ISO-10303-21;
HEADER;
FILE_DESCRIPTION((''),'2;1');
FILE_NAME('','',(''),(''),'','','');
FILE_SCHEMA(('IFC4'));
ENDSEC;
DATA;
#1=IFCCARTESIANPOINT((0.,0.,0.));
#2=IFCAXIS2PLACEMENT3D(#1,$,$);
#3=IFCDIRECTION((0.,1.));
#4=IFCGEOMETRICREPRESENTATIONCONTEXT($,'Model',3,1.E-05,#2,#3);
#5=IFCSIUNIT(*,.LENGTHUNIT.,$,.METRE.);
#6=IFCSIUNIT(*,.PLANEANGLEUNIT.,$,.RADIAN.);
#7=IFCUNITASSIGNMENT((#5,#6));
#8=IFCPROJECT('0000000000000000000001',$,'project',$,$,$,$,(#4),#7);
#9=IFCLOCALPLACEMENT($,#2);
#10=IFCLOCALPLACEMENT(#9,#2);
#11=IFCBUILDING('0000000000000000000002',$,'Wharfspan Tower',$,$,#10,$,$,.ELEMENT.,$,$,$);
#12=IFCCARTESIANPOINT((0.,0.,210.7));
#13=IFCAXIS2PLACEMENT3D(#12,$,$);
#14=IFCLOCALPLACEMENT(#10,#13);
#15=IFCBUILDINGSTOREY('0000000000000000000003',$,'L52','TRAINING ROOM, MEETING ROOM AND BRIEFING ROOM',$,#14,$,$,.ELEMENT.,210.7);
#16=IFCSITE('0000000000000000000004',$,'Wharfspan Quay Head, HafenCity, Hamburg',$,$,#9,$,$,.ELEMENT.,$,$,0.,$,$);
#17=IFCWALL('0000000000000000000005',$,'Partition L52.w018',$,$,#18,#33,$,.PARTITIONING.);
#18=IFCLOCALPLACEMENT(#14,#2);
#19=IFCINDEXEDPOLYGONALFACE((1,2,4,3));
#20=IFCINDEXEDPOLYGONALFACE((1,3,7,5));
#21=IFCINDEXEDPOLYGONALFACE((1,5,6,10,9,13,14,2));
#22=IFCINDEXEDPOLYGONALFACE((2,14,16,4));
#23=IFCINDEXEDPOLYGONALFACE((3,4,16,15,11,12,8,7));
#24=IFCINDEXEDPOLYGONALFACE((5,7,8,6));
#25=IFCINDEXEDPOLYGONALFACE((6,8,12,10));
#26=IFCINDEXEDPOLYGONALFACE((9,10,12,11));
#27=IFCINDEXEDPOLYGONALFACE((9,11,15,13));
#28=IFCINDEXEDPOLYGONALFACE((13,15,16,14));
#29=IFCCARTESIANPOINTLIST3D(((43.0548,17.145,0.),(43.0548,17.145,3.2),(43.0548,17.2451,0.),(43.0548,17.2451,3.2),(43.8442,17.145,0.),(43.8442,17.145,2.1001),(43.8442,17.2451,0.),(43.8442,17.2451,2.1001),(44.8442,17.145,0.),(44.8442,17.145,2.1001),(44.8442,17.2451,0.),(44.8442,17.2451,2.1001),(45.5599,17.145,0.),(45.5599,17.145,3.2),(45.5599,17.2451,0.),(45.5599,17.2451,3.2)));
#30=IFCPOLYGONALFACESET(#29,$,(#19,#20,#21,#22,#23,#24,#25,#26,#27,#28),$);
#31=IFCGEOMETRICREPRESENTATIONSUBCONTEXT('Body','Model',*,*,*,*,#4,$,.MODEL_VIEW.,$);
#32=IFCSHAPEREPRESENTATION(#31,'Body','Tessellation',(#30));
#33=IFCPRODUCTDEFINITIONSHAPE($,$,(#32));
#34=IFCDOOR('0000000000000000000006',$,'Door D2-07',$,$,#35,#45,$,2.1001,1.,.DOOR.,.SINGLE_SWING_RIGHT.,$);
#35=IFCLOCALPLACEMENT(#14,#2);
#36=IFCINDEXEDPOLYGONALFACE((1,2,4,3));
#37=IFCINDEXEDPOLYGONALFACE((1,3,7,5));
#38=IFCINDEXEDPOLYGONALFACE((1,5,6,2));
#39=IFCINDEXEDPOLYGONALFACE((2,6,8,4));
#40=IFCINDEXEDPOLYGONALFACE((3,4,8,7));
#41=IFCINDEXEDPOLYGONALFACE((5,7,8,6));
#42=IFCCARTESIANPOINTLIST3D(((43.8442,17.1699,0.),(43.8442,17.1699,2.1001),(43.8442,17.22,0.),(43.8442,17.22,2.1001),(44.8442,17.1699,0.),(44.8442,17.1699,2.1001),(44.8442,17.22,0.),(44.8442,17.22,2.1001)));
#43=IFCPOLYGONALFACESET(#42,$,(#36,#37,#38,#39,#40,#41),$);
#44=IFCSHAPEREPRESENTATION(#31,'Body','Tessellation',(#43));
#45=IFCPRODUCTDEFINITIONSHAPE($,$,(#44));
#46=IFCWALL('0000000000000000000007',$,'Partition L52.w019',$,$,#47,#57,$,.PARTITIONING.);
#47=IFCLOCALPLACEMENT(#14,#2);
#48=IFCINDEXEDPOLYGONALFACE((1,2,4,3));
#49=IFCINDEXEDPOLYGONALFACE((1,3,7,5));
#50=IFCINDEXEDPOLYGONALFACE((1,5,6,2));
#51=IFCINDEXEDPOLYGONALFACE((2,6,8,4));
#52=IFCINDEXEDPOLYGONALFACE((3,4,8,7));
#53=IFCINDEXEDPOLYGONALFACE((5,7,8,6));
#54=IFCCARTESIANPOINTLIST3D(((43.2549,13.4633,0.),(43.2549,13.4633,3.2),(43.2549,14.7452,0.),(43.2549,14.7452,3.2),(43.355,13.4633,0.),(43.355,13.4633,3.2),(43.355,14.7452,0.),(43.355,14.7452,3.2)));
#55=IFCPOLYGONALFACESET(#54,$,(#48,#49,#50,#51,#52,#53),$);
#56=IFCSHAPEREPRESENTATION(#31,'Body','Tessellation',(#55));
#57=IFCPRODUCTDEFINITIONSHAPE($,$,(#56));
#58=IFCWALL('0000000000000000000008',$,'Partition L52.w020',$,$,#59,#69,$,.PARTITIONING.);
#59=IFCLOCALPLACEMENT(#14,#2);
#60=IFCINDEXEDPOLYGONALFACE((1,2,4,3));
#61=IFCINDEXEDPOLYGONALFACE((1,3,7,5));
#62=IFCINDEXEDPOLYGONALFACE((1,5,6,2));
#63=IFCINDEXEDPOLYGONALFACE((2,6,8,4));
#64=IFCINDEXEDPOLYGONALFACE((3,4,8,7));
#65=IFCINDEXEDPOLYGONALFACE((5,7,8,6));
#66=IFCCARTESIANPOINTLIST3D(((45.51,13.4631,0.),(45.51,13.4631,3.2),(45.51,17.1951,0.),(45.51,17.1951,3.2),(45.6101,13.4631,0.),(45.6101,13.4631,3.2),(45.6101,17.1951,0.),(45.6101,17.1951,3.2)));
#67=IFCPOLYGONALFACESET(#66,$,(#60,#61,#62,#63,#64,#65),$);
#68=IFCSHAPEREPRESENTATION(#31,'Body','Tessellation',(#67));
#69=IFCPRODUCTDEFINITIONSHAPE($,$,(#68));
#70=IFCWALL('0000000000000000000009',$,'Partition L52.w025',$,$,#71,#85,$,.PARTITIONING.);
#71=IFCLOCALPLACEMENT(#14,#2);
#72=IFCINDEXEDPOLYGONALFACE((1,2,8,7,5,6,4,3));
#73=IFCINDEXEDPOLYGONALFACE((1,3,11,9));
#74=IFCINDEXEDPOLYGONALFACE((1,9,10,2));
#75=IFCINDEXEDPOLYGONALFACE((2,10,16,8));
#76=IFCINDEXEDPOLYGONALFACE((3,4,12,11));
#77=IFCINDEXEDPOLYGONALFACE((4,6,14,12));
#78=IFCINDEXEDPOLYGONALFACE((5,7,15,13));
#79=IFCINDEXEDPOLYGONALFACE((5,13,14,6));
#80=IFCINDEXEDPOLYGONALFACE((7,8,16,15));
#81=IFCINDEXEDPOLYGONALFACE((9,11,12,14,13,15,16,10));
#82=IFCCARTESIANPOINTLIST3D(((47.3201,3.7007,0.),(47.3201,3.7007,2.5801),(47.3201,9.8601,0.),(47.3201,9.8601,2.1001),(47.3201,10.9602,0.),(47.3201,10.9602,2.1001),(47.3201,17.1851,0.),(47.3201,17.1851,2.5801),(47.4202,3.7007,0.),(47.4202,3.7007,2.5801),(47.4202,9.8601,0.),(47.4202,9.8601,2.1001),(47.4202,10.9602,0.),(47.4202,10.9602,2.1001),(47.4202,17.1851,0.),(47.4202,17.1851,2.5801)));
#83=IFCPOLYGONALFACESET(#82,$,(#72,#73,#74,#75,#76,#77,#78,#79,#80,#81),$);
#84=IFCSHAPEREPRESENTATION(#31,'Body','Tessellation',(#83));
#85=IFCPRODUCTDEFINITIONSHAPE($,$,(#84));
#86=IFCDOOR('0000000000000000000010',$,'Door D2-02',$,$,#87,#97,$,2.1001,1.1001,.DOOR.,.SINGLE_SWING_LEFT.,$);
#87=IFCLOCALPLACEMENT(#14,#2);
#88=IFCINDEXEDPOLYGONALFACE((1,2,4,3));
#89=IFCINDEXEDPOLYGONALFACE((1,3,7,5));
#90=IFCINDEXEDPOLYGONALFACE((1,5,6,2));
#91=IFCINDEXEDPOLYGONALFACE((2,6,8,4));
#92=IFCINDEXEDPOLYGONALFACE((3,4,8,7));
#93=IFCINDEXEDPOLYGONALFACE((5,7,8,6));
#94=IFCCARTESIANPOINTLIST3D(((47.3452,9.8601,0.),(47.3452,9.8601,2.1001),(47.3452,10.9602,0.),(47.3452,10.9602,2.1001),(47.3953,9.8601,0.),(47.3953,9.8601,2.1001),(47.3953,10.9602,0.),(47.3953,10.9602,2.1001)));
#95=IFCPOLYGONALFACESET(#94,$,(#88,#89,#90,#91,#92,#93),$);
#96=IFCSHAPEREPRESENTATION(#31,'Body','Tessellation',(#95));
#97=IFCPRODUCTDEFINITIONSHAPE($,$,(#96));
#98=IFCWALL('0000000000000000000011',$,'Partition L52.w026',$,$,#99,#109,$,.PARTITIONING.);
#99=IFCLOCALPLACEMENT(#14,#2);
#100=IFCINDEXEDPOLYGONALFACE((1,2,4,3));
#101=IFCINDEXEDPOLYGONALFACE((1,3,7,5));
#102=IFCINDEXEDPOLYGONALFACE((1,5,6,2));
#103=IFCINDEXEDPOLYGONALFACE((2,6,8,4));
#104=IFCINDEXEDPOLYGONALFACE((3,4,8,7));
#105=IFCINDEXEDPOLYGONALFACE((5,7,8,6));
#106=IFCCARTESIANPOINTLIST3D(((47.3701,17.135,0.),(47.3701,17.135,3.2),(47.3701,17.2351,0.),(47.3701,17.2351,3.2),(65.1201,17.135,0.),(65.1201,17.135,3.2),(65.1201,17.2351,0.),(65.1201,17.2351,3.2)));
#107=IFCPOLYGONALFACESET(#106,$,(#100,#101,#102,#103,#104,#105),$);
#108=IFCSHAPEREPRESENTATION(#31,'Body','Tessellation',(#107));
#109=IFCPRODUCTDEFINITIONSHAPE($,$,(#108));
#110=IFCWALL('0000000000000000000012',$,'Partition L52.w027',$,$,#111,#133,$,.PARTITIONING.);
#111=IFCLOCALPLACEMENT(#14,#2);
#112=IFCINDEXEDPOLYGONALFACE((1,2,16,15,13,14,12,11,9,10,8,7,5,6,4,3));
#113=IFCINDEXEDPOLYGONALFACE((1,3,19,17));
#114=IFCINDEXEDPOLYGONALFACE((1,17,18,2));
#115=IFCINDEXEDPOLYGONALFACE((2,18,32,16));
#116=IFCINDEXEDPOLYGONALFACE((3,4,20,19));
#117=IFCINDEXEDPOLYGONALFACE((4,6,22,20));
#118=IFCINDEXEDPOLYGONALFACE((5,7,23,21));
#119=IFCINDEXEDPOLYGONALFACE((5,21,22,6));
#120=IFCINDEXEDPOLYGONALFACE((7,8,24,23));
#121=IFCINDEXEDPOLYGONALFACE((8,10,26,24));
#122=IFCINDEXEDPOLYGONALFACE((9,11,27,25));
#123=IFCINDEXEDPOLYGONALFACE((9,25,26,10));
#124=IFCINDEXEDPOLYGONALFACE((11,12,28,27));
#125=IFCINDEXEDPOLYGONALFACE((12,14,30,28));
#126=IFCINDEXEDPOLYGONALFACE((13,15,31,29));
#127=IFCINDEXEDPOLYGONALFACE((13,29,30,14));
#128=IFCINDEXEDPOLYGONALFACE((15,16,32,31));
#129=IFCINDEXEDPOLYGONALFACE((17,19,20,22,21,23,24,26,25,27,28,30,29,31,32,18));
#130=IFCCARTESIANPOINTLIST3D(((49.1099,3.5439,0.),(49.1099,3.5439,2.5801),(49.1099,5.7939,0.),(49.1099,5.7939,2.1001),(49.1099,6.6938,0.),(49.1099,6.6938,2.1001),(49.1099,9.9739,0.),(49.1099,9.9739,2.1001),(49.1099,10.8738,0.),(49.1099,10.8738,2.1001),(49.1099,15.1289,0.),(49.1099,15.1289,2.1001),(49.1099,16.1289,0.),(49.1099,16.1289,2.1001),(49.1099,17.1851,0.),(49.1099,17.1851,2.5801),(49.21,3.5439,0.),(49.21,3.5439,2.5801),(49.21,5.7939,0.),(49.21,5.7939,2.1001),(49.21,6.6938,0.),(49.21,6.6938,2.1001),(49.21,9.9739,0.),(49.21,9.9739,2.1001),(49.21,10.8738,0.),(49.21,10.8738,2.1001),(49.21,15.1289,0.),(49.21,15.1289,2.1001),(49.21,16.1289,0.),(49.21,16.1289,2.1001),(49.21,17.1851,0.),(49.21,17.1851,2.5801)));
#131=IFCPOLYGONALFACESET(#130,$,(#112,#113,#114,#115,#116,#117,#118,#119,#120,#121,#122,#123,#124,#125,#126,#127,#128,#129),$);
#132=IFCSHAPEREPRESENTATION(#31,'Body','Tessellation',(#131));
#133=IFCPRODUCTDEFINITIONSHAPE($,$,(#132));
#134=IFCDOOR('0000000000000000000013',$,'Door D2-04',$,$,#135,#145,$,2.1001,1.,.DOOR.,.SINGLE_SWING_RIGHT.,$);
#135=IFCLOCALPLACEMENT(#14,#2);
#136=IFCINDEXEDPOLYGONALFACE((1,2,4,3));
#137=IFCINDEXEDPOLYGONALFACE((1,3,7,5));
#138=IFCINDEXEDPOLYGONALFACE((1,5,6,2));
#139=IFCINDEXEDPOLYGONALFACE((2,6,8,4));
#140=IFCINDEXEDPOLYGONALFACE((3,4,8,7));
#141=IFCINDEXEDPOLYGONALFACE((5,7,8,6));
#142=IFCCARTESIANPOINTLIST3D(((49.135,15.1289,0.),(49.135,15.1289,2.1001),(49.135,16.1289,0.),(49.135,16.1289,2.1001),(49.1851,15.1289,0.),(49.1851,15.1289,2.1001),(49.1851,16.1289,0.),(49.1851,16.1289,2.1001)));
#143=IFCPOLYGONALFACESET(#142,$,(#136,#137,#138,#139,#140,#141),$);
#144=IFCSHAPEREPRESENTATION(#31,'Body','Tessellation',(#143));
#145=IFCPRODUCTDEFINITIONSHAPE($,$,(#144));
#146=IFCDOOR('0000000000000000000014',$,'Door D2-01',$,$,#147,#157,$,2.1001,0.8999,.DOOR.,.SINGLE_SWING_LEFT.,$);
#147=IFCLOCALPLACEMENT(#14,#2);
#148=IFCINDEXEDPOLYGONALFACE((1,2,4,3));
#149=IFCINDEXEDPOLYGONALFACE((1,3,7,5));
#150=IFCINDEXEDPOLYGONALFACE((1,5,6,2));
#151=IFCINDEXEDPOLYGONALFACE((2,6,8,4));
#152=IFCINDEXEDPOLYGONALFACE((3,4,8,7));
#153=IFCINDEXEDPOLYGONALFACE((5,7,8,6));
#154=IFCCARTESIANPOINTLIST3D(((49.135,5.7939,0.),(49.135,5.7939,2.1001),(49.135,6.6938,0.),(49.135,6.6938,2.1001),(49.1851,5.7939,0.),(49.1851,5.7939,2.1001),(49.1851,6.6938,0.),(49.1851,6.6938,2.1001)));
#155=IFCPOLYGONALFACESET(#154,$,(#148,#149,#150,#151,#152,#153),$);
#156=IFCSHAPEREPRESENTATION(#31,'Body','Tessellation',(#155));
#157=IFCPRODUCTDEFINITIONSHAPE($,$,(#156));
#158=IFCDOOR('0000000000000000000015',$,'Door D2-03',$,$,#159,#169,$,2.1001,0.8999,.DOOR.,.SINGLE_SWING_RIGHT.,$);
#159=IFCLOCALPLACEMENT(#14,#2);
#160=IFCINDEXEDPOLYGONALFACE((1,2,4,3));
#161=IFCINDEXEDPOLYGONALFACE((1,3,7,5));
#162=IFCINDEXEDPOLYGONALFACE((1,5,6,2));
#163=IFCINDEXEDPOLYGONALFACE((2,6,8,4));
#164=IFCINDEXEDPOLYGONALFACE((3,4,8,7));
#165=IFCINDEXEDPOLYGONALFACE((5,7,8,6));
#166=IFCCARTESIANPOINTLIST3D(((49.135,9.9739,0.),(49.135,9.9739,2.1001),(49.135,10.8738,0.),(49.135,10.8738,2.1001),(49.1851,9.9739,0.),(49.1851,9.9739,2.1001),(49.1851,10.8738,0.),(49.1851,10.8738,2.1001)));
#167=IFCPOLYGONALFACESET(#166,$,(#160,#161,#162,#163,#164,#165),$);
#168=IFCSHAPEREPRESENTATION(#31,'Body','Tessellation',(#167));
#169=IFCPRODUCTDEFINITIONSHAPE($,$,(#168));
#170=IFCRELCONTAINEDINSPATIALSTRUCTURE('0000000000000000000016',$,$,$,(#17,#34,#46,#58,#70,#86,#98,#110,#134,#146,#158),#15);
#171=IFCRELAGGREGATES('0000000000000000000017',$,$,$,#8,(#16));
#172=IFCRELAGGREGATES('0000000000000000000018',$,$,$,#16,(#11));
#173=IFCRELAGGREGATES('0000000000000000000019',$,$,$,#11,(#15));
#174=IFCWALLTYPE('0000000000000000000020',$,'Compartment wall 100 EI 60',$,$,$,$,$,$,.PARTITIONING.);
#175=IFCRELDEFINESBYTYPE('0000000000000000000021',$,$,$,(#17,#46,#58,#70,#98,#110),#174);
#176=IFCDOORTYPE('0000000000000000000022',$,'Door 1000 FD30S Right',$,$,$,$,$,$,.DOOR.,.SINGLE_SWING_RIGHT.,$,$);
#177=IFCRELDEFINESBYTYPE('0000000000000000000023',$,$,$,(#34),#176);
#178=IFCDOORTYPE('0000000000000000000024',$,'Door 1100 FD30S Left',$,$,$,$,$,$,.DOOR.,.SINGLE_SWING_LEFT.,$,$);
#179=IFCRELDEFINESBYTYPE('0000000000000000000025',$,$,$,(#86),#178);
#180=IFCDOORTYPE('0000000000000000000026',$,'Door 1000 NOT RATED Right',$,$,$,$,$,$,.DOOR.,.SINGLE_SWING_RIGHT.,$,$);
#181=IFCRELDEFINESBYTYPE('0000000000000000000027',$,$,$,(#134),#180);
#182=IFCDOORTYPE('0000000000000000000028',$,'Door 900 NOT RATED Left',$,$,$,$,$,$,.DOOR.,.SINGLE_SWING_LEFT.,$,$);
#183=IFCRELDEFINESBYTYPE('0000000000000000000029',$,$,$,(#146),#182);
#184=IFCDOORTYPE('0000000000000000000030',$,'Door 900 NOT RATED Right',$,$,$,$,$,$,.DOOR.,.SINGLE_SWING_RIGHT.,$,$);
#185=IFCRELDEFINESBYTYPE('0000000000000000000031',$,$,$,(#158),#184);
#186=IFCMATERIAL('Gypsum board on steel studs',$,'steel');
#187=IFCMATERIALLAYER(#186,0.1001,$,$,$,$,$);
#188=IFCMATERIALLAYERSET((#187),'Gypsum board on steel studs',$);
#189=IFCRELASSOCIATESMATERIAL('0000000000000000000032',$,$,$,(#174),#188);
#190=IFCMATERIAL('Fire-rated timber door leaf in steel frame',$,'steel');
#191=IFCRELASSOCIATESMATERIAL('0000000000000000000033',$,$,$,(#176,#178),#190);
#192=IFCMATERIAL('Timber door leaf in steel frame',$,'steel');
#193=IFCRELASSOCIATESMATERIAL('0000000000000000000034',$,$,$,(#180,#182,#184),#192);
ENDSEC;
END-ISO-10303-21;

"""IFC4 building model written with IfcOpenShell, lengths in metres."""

from ifc_helpers import new_model, si_unit, direction, frame, frame_2d, origin, place, context, subcontext, project, spatial, rectangle, extrude, material, layer, layer_set, type_object, element, fill, save


model = new_model("IFC4")

# Units and contexts
model_context = context("Model", 3, precision=1e-05, world=origin(), true_north=direction((0.0, 1.0)))
body_context = subcontext(model_context, "Body", "Model", "MODEL_VIEW")
ifc_project = project(units=[si_unit("LENGTHUNIT", "METRE"), si_unit("PLANEANGLEUNIT", "RADIAN")], contexts=[model_context])

# Site, building, storey
site_placement = place(None, origin())
site = spatial("IfcSite", under=ifc_project, at=site_placement, Name="Wharfspan Quay Head, HafenCity, Hamburg", CompositionType="ELEMENT", RefElevation=0.0)
building_placement = place(site_placement, origin())
building = spatial("IfcBuilding", under=site, at=building_placement, Name="Wharfspan Tower", CompositionType="ELEMENT")
storey_placement = place(building_placement, frame((0.0, 0.0, 210.7)))
storey = spatial("IfcBuildingStorey", under=building, at=storey_placement, Name="L52", Description="TRAINING ROOM, MEETING ROOM AND BRIEFING ROOM", CompositionType="ELEMENT", Elevation=210.7)

# Shared definitions
ifc_material_1 = material(Name="Gypsum board on steel studs", Category="steel")
ifc_layer_1 = layer(ifc_material_1, 0.1001)
ifc_layer_set_1 = layer_set([ifc_layer_1], Name="Gypsum board on steel studs")
wall_type_1 = type_object("IfcWallType", Name="Compartment wall 100 EI 60", PredefinedType="PARTITIONING", material=ifc_layer_set_1)

# Wall, opening, door
wall_1_placement = place(storey_placement, frame((43.0549, 17.1951, 0.0), z_axis=(0.0, 0.0, 1.0), x_axis=(1.0, 0.0, 0.0)))
wall_1 = element("IfcWall", 1, at=wall_1_placement, inside=storey, type_object=wall_type_1, Name="Partition L52.w018", PredefinedType="PARTITIONING", context=body_context, shape_type="SweptSolid", body=[
    extrude(rectangle(XDim=2.5051, YDim=0.1001, at=frame_2d((1.2524, 0.0))), origin(), (0.0, 0.0, 1.0), 3.2),
])
opening_1_placement = place(wall_1_placement, frame((0.7893, 0.0, 0.0)))
opening_1 = element("IfcOpeningElement", 2, at=opening_1_placement, cuts=wall_1, PredefinedType="OPENING", context=body_context, shape_type="SweptSolid", body=[
    extrude(rectangle(XDim=1.0, YDim=2.1001, at=frame_2d((0.5, 1.05))), frame((0.0, 0.0601, 0.0), z_axis=(0.0, -1.0, 0.0), x_axis=(1.0, 0.0, 0.0)), (0.0, 0.0, 1.0), 0.1201),
])
ifc_material_2 = material(Name="Fire-rated timber door leaf in steel frame", Category="steel")
door_type_1 = type_object("IfcDoorType", Name="Door 1000 FD30S Right", OperationType="SINGLE_SWING_RIGHT", PredefinedType="DOOR", material=ifc_material_2)
door_1_placement = place(opening_1_placement, origin())
door_1 = element("IfcDoor", 3, at=door_1_placement, inside=storey, type_object=door_type_1, Name="Door D2-07", OperationType="SINGLE_SWING_RIGHT", OverallHeight=2.1001, OverallWidth=1.0, PredefinedType="DOOR", context=body_context, shape_type="SweptSolid", body=[
    extrude(rectangle(XDim=1.0, YDim=2.1001, at=frame_2d((0.5, 1.05))), frame((0.0, 0.0249, 0.0), z_axis=(0.0, -1.0, 0.0), x_axis=(1.0, 0.0, 0.0)), (0.0, 0.0, 1.0), 0.05),
])
fill(opening_1, door_1)

# Walls
wall_2_placement = place(storey_placement, frame((43.3049, 13.4631, 0.0), z_axis=(0.0, 0.0, 1.0), x_axis=(0.0, 1.0, 0.0)))
element("IfcWall", 4, at=wall_2_placement, inside=storey, type_object=wall_type_1, Name="Partition L52.w019", PredefinedType="PARTITIONING", context=body_context, shape_type="SweptSolid", body=[
    extrude(rectangle(XDim=1.282, YDim=0.1001, at=frame_2d((0.6411, 0.0))), origin(), (0.0, 0.0, 1.0), 3.2),
])
wall_3_placement = place(storey_placement, frame((45.5601, 13.4631, 0.0), z_axis=(0.0, 0.0, 1.0), x_axis=(0.0, 1.0, 0.0)))
element("IfcWall", 5, at=wall_3_placement, inside=storey, type_object=wall_type_1, Name="Partition L52.w020", PredefinedType="PARTITIONING", context=body_context, shape_type="SweptSolid", body=[
    extrude(rectangle(XDim=3.7319, YDim=0.1001, at=frame_2d((1.866, 0.0))), origin(), (0.0, 0.0, 1.0), 3.2),
])

# Wall, opening, door
wall_4_placement = place(storey_placement, frame((47.3701, 3.7007, 0.0), z_axis=(0.0, 0.0, 1.0), x_axis=(0.0, 1.0, 0.0)))
wall_4 = element("IfcWall", 6, at=wall_4_placement, inside=storey, type_object=wall_type_1, Name="Partition L52.w025", PredefinedType="PARTITIONING", context=body_context, shape_type="SweptSolid", body=[
    extrude(rectangle(XDim=13.4844, YDim=0.1001, at=frame_2d((6.7422, 0.0))), origin(), (0.0, 0.0, 1.0), 2.5801),
])
opening_2_placement = place(wall_4_placement, frame((6.1594, 0.0, 0.0)))
opening_2 = element("IfcOpeningElement", 7, at=opening_2_placement, cuts=wall_4, PredefinedType="OPENING", context=body_context, shape_type="SweptSolid", body=[
    extrude(rectangle(XDim=1.1001, YDim=2.1001, at=frame_2d((0.55, 1.05))), frame((0.0, 0.0601, 0.0), z_axis=(0.0, -1.0, 0.0), x_axis=(1.0, 0.0, 0.0)), (0.0, 0.0, 1.0), 0.1201),
])
door_type_2 = type_object("IfcDoorType", Name="Door 1100 FD30S Left", OperationType="SINGLE_SWING_LEFT", PredefinedType="DOOR", material=ifc_material_2)
door_2_placement = place(opening_2_placement, origin())
door_2 = element("IfcDoor", 8, at=door_2_placement, inside=storey, type_object=door_type_2, Name="Door D2-02", OperationType="SINGLE_SWING_LEFT", OverallHeight=2.1001, OverallWidth=1.1001, PredefinedType="DOOR", context=body_context, shape_type="SweptSolid", body=[
    extrude(rectangle(XDim=1.1001, YDim=2.1001, at=frame_2d((0.55, 1.05))), frame((0.0, 0.0249, 0.0), z_axis=(0.0, -1.0, 0.0), x_axis=(1.0, 0.0, 0.0)), (0.0, 0.0, 1.0), 0.05),
])
fill(opening_2, door_2)

# Wall
wall_5_placement = place(storey_placement, frame((47.3701, 17.1851, 0.0), z_axis=(0.0, 0.0, 1.0), x_axis=(1.0, 0.0, 0.0)))
element("IfcWall", 9, at=wall_5_placement, inside=storey, type_object=wall_type_1, Name="Partition L52.w026", PredefinedType="PARTITIONING", context=body_context, shape_type="SweptSolid", body=[
    extrude(rectangle(XDim=17.75, YDim=0.1001, at=frame_2d((8.875, 0.0))), origin(), (0.0, 0.0, 1.0), 3.2),
])

# Wall, openings, doors
wall_6_placement = place(storey_placement, frame((49.1599, 3.5439, 0.0), z_axis=(0.0, 0.0, 1.0), x_axis=(0.0, 1.0, 0.0)))
wall_6 = element("IfcWall", 10, at=wall_6_placement, inside=storey, type_object=wall_type_1, Name="Partition L52.w027", PredefinedType="PARTITIONING", context=body_context, shape_type="SweptSolid", body=[
    extrude(rectangle(XDim=13.6411, YDim=0.1001, at=frame_2d((6.8206, 0.0))), origin(), (0.0, 0.0, 1.0), 2.5801),
])
opening_3_placement = place(wall_6_placement, frame((2.25, 0.0, 0.0)))
opening_3 = element("IfcOpeningElement", 11, at=opening_3_placement, cuts=wall_6, PredefinedType="OPENING", context=body_context, shape_type="SweptSolid", body=[
    extrude(rectangle(XDim=0.8999, YDim=2.1001, at=frame_2d((0.45, 1.05))), frame((0.0, 0.0601, 0.0), z_axis=(0.0, -1.0, 0.0), x_axis=(1.0, 0.0, 0.0)), (0.0, 0.0, 1.0), 0.1201),
])
opening_4_placement = place(wall_6_placement, frame((6.4299, 0.0, 0.0)))
opening_4 = element("IfcOpeningElement", 12, at=opening_4_placement, cuts=wall_6, PredefinedType="OPENING", context=body_context, shape_type="SweptSolid", body=[
    extrude(rectangle(XDim=0.8999, YDim=2.1001, at=frame_2d((0.45, 1.05))), frame((0.0, 0.0601, 0.0), z_axis=(0.0, -1.0, 0.0), x_axis=(1.0, 0.0, 0.0)), (0.0, 0.0, 1.0), 0.1201),
])
opening_5_placement = place(wall_6_placement, frame((11.585, 0.0, 0.0)))
opening_5 = element("IfcOpeningElement", 13, at=opening_5_placement, cuts=wall_6, PredefinedType="OPENING", context=body_context, shape_type="SweptSolid", body=[
    extrude(rectangle(XDim=1.0, YDim=2.1001, at=frame_2d((0.5, 1.05))), frame((0.0, 0.0601, 0.0), z_axis=(0.0, -1.0, 0.0), x_axis=(1.0, 0.0, 0.0)), (0.0, 0.0, 1.0), 0.1201),
])
ifc_material_3 = material(Name="Timber door leaf in steel frame", Category="steel")
door_type_3 = type_object("IfcDoorType", Name="Door 1000 NOT RATED Right", OperationType="SINGLE_SWING_RIGHT", PredefinedType="DOOR", material=ifc_material_3)
door_3_placement = place(opening_5_placement, origin())
door_3 = element("IfcDoor", 14, at=door_3_placement, inside=storey, type_object=door_type_3, Name="Door D2-04", OperationType="SINGLE_SWING_RIGHT", OverallHeight=2.1001, OverallWidth=1.0, PredefinedType="DOOR", context=body_context, shape_type="SweptSolid", body=[
    extrude(rectangle(XDim=1.0, YDim=2.1001, at=frame_2d((0.5, 1.05))), frame((0.0, 0.0249, 0.0), z_axis=(0.0, -1.0, 0.0), x_axis=(1.0, 0.0, 0.0)), (0.0, 0.0, 1.0), 0.05),
])
fill(opening_5, door_3)
door_type_4 = type_object("IfcDoorType", Name="Door 900 NOT RATED Left", OperationType="SINGLE_SWING_LEFT", PredefinedType="DOOR", material=ifc_material_3)
door_4_placement = place(opening_3_placement, origin())
door_4 = element("IfcDoor", 15, at=door_4_placement, inside=storey, type_object=door_type_4, Name="Door D2-01", OperationType="SINGLE_SWING_LEFT", OverallHeight=2.1001, OverallWidth=0.8999, PredefinedType="DOOR", context=body_context, shape_type="SweptSolid", body=[
    extrude(rectangle(XDim=0.8999, YDim=2.1001, at=frame_2d((0.45, 1.05))), frame((0.0, 0.0249, 0.0), z_axis=(0.0, -1.0, 0.0), x_axis=(1.0, 0.0, 0.0)), (0.0, 0.0, 1.0), 0.05),
])
fill(opening_3, door_4)
door_type_5 = type_object("IfcDoorType", Name="Door 900 NOT RATED Right", OperationType="SINGLE_SWING_RIGHT", PredefinedType="DOOR", material=ifc_material_3)
door_5_placement = place(opening_4_placement, origin())
door_5 = element("IfcDoor", 16, at=door_5_placement, inside=storey, type_object=door_type_5, Name="Door D2-03", OperationType="SINGLE_SWING_RIGHT", OverallHeight=2.1001, OverallWidth=0.8999, PredefinedType="DOOR", context=body_context, shape_type="SweptSolid", body=[
    extrude(rectangle(XDim=0.8999, YDim=2.1001, at=frame_2d((0.45, 1.05))), frame((0.0, 0.0249, 0.0), z_axis=(0.0, -1.0, 0.0), x_axis=(1.0, 0.0, 0.0)), (0.0, 0.0, 1.0), 0.05),
])
fill(opening_4, door_5)

save(model, "model.ifc")
